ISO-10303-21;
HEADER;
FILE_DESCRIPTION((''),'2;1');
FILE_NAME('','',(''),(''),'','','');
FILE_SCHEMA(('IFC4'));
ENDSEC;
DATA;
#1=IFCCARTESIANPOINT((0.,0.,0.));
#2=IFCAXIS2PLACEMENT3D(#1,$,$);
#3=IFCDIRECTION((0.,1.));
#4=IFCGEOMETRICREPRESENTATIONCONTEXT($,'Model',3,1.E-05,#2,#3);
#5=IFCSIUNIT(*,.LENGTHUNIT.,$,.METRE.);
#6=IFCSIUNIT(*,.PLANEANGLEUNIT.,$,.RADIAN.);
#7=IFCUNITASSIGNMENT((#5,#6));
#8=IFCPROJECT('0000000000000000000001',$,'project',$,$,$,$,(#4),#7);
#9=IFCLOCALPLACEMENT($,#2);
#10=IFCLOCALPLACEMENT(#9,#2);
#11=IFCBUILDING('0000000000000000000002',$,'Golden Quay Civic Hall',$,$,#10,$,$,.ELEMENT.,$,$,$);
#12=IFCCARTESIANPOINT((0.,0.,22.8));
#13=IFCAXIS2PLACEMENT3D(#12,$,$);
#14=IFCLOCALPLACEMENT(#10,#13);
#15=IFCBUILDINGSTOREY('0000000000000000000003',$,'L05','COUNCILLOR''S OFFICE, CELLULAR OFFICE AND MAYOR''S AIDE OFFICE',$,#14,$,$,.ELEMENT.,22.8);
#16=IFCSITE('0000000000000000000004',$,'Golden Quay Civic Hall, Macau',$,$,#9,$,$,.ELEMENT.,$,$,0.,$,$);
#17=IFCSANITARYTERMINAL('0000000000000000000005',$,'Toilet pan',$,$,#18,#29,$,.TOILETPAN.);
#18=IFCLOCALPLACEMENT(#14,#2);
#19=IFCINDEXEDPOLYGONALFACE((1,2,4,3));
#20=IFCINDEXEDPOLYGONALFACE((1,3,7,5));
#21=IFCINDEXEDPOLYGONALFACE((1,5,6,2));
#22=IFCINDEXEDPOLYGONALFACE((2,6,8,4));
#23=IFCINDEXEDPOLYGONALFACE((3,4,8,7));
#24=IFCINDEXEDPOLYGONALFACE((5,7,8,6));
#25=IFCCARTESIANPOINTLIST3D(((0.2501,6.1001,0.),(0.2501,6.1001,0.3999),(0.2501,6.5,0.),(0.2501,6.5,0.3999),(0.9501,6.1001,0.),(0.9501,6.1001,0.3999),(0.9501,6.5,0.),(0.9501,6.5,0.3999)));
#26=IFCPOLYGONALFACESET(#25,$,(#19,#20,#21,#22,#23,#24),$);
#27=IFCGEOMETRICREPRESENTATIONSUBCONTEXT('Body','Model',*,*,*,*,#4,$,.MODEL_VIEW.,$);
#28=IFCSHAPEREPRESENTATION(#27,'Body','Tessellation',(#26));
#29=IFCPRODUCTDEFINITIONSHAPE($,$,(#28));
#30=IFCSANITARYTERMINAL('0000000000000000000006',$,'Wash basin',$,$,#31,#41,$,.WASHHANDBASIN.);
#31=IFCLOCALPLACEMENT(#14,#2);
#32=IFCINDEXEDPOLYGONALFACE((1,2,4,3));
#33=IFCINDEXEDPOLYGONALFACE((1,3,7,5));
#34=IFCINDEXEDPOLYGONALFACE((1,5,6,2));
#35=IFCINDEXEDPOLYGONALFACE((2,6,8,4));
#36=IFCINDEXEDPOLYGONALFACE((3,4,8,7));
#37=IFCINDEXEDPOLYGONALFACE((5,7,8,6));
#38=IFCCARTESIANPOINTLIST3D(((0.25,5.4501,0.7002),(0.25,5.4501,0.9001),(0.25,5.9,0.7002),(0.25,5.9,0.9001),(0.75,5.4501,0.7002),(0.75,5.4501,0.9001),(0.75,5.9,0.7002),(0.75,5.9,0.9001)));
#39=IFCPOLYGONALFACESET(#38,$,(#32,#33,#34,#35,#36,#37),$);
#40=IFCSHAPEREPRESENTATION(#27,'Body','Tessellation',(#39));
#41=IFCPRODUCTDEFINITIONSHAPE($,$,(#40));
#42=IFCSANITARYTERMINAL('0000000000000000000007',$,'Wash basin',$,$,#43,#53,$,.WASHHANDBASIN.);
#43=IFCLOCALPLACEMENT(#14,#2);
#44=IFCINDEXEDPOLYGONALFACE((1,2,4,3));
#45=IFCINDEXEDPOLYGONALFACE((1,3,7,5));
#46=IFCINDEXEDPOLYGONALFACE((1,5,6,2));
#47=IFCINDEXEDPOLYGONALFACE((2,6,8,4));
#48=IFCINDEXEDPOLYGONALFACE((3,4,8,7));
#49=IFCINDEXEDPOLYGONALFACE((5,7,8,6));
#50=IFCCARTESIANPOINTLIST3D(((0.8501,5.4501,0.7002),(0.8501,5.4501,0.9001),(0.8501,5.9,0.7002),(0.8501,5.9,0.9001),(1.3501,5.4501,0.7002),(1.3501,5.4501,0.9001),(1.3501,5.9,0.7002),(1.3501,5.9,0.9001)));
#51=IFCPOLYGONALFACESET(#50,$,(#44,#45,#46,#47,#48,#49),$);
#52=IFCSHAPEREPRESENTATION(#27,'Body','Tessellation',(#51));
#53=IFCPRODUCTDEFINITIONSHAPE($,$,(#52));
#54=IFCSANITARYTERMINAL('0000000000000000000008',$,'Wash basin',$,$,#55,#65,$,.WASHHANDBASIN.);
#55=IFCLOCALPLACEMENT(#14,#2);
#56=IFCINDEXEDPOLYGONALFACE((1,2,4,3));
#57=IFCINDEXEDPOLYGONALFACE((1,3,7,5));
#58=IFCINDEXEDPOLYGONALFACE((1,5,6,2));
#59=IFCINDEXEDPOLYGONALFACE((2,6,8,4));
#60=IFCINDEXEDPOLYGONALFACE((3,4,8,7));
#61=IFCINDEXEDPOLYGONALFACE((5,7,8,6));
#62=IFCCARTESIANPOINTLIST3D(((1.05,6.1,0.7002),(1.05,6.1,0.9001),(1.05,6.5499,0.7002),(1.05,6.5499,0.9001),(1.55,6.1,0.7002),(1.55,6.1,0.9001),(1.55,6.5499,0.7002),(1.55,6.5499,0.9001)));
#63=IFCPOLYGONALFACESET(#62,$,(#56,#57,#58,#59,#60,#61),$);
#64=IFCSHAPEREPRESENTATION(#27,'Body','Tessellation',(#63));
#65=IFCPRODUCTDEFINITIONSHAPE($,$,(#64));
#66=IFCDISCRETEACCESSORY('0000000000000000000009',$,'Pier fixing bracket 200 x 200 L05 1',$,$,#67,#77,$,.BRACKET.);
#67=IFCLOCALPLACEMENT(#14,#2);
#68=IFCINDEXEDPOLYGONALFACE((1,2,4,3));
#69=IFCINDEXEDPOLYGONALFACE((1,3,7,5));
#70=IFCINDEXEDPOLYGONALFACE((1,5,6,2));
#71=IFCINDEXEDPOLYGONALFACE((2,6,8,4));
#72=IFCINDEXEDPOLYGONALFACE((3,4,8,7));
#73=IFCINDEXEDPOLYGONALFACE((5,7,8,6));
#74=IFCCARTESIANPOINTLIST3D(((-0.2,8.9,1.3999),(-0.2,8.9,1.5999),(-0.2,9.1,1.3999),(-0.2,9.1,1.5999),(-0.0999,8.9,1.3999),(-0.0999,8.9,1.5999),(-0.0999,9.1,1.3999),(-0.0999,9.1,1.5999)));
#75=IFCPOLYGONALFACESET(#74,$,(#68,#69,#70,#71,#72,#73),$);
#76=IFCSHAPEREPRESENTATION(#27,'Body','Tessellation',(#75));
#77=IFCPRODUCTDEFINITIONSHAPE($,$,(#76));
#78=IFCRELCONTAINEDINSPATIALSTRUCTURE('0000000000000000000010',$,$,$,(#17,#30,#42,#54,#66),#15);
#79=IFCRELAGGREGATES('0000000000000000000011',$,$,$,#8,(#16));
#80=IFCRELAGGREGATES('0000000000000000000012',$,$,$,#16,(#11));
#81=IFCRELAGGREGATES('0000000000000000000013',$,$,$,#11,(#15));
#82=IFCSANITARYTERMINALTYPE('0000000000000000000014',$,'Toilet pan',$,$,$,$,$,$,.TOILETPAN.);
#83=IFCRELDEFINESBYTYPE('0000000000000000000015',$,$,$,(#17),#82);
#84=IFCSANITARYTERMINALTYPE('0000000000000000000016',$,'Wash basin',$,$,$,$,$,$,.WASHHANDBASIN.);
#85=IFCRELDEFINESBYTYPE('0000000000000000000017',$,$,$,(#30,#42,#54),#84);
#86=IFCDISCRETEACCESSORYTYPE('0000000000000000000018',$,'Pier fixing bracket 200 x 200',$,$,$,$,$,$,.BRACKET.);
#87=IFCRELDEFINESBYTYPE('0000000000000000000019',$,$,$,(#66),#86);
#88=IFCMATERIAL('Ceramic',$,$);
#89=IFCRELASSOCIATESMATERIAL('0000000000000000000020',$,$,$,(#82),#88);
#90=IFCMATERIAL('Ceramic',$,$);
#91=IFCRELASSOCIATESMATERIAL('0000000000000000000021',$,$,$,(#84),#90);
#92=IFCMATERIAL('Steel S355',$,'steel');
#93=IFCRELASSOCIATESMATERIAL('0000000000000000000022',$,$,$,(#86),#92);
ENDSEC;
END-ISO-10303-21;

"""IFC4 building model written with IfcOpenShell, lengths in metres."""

from ifc_helpers import new_model, si_unit, direction, frame, origin, origin_2d, place, context, subcontext, project, spatial, rectangle, extrude, material, type_object, element, save


model = new_model("IFC4")

# Units and contexts
model_context = context("Model", 3, precision=1e-05, world=origin(), true_north=direction((0.0, 1.0)))
body_context = subcontext(model_context, "Body", "Model", "MODEL_VIEW")
ifc_project = project(units=[si_unit("LENGTHUNIT", "METRE"), si_unit("PLANEANGLEUNIT", "RADIAN")], contexts=[model_context])

# Site, building, storey
site_placement = place(None, origin())
site = spatial("IfcSite", under=ifc_project, at=site_placement, Name="Golden Quay Civic Hall, Macau", CompositionType="ELEMENT", RefElevation=0.0)
building_placement = place(site_placement, origin())
building = spatial("IfcBuilding", under=site, at=building_placement, Name="Golden Quay Civic Hall", CompositionType="ELEMENT")
storey_placement = place(building_placement, frame((0.0, 0.0, 22.8)))
storey = spatial("IfcBuildingStorey", under=building, at=storey_placement, Name="L05", Description="COUNCILLOR'S OFFICE, CELLULAR OFFICE AND MAYOR'S AIDE OFFICE", CompositionType="ELEMENT", Elevation=22.8)

# Sanitary terminals
ifc_material_1 = material(Name="Ceramic")
sanitary_terminal_type_1 = type_object("IfcSanitaryTerminalType", Name="Toilet pan", PredefinedType="TOILETPAN", material=ifc_material_1)
sanitary_terminal_placement = place(storey_placement, frame((0.6001, 6.3, 0.0), z_axis=(0.0, 0.0, 1.0), x_axis=(0.0, 1.0, 0.0)))
element("IfcSanitaryTerminal", 1, at=sanitary_terminal_placement, inside=storey, type_object=sanitary_terminal_type_1, Name="Toilet pan", PredefinedType="TOILETPAN", context=body_context, shape_type="SweptSolid", body=[
    extrude(rectangle(XDim=0.3999, YDim=0.7, at=origin_2d()), origin(), (0.0, 0.0, 1.0), 0.3999),
])
ifc_material_2 = material(Name="Ceramic")
sanitary_terminal_type_2 = type_object("IfcSanitaryTerminalType", Name="Wash basin", PredefinedType="WASHHANDBASIN", material=ifc_material_2)
for number, where, z_axis, x_axis, name in (
    (2, (0.5, 5.675, 0.7002), (0.0, 0.0, 1.0), (1.0, 0.0, 0.0), "Wash basin"),
    (3, (1.1001, 5.675, 0.7002), (0.0, 0.0, 1.0), (1.0, 0.0, 0.0), "Wash basin"),
    (4, (1.3, 6.325, 0.7002), (0.0, 0.0, 1.0), (1.0, 0.0, 0.0), "Wash basin"),
):
    element("IfcSanitaryTerminal", number, at=place(storey_placement, frame(where, z_axis=z_axis, x_axis=x_axis)), inside=storey, type_object=sanitary_terminal_type_2, Name=name, PredefinedType="WASHHANDBASIN", context=body_context, shape_type="SweptSolid", body=[
        extrude(rectangle(XDim=0.5, YDim=0.45, at=origin_2d()), origin(), (0.0, 0.0, 1.0), 0.2),
    ])

# Discrete accessory
ifc_material_3 = material(Name="Steel S355", Category="steel")
discrete_accessory_type = type_object("IfcDiscreteAccessoryType", Name="Pier fixing bracket 200 x 200", PredefinedType="BRACKET", material=ifc_material_3)
discrete_accessory_placement = place(storey_placement, frame((-0.1499, 9.0, 1.3999), z_axis=(0.0, 0.0, 1.0), x_axis=(0.0, -1.0, 0.0)))
element("IfcDiscreteAccessory", 5, at=discrete_accessory_placement, inside=storey, type_object=discrete_accessory_type, Name="Pier fixing bracket 200 x 200 L05 1", PredefinedType="BRACKET", context=body_context, shape_type="SweptSolid", body=[
    extrude(rectangle(XDim=0.2, YDim=0.1001, at=origin_2d()), origin(), (0.0, 0.0, 1.0), 0.2),
])

save(model, "model.ifc")
